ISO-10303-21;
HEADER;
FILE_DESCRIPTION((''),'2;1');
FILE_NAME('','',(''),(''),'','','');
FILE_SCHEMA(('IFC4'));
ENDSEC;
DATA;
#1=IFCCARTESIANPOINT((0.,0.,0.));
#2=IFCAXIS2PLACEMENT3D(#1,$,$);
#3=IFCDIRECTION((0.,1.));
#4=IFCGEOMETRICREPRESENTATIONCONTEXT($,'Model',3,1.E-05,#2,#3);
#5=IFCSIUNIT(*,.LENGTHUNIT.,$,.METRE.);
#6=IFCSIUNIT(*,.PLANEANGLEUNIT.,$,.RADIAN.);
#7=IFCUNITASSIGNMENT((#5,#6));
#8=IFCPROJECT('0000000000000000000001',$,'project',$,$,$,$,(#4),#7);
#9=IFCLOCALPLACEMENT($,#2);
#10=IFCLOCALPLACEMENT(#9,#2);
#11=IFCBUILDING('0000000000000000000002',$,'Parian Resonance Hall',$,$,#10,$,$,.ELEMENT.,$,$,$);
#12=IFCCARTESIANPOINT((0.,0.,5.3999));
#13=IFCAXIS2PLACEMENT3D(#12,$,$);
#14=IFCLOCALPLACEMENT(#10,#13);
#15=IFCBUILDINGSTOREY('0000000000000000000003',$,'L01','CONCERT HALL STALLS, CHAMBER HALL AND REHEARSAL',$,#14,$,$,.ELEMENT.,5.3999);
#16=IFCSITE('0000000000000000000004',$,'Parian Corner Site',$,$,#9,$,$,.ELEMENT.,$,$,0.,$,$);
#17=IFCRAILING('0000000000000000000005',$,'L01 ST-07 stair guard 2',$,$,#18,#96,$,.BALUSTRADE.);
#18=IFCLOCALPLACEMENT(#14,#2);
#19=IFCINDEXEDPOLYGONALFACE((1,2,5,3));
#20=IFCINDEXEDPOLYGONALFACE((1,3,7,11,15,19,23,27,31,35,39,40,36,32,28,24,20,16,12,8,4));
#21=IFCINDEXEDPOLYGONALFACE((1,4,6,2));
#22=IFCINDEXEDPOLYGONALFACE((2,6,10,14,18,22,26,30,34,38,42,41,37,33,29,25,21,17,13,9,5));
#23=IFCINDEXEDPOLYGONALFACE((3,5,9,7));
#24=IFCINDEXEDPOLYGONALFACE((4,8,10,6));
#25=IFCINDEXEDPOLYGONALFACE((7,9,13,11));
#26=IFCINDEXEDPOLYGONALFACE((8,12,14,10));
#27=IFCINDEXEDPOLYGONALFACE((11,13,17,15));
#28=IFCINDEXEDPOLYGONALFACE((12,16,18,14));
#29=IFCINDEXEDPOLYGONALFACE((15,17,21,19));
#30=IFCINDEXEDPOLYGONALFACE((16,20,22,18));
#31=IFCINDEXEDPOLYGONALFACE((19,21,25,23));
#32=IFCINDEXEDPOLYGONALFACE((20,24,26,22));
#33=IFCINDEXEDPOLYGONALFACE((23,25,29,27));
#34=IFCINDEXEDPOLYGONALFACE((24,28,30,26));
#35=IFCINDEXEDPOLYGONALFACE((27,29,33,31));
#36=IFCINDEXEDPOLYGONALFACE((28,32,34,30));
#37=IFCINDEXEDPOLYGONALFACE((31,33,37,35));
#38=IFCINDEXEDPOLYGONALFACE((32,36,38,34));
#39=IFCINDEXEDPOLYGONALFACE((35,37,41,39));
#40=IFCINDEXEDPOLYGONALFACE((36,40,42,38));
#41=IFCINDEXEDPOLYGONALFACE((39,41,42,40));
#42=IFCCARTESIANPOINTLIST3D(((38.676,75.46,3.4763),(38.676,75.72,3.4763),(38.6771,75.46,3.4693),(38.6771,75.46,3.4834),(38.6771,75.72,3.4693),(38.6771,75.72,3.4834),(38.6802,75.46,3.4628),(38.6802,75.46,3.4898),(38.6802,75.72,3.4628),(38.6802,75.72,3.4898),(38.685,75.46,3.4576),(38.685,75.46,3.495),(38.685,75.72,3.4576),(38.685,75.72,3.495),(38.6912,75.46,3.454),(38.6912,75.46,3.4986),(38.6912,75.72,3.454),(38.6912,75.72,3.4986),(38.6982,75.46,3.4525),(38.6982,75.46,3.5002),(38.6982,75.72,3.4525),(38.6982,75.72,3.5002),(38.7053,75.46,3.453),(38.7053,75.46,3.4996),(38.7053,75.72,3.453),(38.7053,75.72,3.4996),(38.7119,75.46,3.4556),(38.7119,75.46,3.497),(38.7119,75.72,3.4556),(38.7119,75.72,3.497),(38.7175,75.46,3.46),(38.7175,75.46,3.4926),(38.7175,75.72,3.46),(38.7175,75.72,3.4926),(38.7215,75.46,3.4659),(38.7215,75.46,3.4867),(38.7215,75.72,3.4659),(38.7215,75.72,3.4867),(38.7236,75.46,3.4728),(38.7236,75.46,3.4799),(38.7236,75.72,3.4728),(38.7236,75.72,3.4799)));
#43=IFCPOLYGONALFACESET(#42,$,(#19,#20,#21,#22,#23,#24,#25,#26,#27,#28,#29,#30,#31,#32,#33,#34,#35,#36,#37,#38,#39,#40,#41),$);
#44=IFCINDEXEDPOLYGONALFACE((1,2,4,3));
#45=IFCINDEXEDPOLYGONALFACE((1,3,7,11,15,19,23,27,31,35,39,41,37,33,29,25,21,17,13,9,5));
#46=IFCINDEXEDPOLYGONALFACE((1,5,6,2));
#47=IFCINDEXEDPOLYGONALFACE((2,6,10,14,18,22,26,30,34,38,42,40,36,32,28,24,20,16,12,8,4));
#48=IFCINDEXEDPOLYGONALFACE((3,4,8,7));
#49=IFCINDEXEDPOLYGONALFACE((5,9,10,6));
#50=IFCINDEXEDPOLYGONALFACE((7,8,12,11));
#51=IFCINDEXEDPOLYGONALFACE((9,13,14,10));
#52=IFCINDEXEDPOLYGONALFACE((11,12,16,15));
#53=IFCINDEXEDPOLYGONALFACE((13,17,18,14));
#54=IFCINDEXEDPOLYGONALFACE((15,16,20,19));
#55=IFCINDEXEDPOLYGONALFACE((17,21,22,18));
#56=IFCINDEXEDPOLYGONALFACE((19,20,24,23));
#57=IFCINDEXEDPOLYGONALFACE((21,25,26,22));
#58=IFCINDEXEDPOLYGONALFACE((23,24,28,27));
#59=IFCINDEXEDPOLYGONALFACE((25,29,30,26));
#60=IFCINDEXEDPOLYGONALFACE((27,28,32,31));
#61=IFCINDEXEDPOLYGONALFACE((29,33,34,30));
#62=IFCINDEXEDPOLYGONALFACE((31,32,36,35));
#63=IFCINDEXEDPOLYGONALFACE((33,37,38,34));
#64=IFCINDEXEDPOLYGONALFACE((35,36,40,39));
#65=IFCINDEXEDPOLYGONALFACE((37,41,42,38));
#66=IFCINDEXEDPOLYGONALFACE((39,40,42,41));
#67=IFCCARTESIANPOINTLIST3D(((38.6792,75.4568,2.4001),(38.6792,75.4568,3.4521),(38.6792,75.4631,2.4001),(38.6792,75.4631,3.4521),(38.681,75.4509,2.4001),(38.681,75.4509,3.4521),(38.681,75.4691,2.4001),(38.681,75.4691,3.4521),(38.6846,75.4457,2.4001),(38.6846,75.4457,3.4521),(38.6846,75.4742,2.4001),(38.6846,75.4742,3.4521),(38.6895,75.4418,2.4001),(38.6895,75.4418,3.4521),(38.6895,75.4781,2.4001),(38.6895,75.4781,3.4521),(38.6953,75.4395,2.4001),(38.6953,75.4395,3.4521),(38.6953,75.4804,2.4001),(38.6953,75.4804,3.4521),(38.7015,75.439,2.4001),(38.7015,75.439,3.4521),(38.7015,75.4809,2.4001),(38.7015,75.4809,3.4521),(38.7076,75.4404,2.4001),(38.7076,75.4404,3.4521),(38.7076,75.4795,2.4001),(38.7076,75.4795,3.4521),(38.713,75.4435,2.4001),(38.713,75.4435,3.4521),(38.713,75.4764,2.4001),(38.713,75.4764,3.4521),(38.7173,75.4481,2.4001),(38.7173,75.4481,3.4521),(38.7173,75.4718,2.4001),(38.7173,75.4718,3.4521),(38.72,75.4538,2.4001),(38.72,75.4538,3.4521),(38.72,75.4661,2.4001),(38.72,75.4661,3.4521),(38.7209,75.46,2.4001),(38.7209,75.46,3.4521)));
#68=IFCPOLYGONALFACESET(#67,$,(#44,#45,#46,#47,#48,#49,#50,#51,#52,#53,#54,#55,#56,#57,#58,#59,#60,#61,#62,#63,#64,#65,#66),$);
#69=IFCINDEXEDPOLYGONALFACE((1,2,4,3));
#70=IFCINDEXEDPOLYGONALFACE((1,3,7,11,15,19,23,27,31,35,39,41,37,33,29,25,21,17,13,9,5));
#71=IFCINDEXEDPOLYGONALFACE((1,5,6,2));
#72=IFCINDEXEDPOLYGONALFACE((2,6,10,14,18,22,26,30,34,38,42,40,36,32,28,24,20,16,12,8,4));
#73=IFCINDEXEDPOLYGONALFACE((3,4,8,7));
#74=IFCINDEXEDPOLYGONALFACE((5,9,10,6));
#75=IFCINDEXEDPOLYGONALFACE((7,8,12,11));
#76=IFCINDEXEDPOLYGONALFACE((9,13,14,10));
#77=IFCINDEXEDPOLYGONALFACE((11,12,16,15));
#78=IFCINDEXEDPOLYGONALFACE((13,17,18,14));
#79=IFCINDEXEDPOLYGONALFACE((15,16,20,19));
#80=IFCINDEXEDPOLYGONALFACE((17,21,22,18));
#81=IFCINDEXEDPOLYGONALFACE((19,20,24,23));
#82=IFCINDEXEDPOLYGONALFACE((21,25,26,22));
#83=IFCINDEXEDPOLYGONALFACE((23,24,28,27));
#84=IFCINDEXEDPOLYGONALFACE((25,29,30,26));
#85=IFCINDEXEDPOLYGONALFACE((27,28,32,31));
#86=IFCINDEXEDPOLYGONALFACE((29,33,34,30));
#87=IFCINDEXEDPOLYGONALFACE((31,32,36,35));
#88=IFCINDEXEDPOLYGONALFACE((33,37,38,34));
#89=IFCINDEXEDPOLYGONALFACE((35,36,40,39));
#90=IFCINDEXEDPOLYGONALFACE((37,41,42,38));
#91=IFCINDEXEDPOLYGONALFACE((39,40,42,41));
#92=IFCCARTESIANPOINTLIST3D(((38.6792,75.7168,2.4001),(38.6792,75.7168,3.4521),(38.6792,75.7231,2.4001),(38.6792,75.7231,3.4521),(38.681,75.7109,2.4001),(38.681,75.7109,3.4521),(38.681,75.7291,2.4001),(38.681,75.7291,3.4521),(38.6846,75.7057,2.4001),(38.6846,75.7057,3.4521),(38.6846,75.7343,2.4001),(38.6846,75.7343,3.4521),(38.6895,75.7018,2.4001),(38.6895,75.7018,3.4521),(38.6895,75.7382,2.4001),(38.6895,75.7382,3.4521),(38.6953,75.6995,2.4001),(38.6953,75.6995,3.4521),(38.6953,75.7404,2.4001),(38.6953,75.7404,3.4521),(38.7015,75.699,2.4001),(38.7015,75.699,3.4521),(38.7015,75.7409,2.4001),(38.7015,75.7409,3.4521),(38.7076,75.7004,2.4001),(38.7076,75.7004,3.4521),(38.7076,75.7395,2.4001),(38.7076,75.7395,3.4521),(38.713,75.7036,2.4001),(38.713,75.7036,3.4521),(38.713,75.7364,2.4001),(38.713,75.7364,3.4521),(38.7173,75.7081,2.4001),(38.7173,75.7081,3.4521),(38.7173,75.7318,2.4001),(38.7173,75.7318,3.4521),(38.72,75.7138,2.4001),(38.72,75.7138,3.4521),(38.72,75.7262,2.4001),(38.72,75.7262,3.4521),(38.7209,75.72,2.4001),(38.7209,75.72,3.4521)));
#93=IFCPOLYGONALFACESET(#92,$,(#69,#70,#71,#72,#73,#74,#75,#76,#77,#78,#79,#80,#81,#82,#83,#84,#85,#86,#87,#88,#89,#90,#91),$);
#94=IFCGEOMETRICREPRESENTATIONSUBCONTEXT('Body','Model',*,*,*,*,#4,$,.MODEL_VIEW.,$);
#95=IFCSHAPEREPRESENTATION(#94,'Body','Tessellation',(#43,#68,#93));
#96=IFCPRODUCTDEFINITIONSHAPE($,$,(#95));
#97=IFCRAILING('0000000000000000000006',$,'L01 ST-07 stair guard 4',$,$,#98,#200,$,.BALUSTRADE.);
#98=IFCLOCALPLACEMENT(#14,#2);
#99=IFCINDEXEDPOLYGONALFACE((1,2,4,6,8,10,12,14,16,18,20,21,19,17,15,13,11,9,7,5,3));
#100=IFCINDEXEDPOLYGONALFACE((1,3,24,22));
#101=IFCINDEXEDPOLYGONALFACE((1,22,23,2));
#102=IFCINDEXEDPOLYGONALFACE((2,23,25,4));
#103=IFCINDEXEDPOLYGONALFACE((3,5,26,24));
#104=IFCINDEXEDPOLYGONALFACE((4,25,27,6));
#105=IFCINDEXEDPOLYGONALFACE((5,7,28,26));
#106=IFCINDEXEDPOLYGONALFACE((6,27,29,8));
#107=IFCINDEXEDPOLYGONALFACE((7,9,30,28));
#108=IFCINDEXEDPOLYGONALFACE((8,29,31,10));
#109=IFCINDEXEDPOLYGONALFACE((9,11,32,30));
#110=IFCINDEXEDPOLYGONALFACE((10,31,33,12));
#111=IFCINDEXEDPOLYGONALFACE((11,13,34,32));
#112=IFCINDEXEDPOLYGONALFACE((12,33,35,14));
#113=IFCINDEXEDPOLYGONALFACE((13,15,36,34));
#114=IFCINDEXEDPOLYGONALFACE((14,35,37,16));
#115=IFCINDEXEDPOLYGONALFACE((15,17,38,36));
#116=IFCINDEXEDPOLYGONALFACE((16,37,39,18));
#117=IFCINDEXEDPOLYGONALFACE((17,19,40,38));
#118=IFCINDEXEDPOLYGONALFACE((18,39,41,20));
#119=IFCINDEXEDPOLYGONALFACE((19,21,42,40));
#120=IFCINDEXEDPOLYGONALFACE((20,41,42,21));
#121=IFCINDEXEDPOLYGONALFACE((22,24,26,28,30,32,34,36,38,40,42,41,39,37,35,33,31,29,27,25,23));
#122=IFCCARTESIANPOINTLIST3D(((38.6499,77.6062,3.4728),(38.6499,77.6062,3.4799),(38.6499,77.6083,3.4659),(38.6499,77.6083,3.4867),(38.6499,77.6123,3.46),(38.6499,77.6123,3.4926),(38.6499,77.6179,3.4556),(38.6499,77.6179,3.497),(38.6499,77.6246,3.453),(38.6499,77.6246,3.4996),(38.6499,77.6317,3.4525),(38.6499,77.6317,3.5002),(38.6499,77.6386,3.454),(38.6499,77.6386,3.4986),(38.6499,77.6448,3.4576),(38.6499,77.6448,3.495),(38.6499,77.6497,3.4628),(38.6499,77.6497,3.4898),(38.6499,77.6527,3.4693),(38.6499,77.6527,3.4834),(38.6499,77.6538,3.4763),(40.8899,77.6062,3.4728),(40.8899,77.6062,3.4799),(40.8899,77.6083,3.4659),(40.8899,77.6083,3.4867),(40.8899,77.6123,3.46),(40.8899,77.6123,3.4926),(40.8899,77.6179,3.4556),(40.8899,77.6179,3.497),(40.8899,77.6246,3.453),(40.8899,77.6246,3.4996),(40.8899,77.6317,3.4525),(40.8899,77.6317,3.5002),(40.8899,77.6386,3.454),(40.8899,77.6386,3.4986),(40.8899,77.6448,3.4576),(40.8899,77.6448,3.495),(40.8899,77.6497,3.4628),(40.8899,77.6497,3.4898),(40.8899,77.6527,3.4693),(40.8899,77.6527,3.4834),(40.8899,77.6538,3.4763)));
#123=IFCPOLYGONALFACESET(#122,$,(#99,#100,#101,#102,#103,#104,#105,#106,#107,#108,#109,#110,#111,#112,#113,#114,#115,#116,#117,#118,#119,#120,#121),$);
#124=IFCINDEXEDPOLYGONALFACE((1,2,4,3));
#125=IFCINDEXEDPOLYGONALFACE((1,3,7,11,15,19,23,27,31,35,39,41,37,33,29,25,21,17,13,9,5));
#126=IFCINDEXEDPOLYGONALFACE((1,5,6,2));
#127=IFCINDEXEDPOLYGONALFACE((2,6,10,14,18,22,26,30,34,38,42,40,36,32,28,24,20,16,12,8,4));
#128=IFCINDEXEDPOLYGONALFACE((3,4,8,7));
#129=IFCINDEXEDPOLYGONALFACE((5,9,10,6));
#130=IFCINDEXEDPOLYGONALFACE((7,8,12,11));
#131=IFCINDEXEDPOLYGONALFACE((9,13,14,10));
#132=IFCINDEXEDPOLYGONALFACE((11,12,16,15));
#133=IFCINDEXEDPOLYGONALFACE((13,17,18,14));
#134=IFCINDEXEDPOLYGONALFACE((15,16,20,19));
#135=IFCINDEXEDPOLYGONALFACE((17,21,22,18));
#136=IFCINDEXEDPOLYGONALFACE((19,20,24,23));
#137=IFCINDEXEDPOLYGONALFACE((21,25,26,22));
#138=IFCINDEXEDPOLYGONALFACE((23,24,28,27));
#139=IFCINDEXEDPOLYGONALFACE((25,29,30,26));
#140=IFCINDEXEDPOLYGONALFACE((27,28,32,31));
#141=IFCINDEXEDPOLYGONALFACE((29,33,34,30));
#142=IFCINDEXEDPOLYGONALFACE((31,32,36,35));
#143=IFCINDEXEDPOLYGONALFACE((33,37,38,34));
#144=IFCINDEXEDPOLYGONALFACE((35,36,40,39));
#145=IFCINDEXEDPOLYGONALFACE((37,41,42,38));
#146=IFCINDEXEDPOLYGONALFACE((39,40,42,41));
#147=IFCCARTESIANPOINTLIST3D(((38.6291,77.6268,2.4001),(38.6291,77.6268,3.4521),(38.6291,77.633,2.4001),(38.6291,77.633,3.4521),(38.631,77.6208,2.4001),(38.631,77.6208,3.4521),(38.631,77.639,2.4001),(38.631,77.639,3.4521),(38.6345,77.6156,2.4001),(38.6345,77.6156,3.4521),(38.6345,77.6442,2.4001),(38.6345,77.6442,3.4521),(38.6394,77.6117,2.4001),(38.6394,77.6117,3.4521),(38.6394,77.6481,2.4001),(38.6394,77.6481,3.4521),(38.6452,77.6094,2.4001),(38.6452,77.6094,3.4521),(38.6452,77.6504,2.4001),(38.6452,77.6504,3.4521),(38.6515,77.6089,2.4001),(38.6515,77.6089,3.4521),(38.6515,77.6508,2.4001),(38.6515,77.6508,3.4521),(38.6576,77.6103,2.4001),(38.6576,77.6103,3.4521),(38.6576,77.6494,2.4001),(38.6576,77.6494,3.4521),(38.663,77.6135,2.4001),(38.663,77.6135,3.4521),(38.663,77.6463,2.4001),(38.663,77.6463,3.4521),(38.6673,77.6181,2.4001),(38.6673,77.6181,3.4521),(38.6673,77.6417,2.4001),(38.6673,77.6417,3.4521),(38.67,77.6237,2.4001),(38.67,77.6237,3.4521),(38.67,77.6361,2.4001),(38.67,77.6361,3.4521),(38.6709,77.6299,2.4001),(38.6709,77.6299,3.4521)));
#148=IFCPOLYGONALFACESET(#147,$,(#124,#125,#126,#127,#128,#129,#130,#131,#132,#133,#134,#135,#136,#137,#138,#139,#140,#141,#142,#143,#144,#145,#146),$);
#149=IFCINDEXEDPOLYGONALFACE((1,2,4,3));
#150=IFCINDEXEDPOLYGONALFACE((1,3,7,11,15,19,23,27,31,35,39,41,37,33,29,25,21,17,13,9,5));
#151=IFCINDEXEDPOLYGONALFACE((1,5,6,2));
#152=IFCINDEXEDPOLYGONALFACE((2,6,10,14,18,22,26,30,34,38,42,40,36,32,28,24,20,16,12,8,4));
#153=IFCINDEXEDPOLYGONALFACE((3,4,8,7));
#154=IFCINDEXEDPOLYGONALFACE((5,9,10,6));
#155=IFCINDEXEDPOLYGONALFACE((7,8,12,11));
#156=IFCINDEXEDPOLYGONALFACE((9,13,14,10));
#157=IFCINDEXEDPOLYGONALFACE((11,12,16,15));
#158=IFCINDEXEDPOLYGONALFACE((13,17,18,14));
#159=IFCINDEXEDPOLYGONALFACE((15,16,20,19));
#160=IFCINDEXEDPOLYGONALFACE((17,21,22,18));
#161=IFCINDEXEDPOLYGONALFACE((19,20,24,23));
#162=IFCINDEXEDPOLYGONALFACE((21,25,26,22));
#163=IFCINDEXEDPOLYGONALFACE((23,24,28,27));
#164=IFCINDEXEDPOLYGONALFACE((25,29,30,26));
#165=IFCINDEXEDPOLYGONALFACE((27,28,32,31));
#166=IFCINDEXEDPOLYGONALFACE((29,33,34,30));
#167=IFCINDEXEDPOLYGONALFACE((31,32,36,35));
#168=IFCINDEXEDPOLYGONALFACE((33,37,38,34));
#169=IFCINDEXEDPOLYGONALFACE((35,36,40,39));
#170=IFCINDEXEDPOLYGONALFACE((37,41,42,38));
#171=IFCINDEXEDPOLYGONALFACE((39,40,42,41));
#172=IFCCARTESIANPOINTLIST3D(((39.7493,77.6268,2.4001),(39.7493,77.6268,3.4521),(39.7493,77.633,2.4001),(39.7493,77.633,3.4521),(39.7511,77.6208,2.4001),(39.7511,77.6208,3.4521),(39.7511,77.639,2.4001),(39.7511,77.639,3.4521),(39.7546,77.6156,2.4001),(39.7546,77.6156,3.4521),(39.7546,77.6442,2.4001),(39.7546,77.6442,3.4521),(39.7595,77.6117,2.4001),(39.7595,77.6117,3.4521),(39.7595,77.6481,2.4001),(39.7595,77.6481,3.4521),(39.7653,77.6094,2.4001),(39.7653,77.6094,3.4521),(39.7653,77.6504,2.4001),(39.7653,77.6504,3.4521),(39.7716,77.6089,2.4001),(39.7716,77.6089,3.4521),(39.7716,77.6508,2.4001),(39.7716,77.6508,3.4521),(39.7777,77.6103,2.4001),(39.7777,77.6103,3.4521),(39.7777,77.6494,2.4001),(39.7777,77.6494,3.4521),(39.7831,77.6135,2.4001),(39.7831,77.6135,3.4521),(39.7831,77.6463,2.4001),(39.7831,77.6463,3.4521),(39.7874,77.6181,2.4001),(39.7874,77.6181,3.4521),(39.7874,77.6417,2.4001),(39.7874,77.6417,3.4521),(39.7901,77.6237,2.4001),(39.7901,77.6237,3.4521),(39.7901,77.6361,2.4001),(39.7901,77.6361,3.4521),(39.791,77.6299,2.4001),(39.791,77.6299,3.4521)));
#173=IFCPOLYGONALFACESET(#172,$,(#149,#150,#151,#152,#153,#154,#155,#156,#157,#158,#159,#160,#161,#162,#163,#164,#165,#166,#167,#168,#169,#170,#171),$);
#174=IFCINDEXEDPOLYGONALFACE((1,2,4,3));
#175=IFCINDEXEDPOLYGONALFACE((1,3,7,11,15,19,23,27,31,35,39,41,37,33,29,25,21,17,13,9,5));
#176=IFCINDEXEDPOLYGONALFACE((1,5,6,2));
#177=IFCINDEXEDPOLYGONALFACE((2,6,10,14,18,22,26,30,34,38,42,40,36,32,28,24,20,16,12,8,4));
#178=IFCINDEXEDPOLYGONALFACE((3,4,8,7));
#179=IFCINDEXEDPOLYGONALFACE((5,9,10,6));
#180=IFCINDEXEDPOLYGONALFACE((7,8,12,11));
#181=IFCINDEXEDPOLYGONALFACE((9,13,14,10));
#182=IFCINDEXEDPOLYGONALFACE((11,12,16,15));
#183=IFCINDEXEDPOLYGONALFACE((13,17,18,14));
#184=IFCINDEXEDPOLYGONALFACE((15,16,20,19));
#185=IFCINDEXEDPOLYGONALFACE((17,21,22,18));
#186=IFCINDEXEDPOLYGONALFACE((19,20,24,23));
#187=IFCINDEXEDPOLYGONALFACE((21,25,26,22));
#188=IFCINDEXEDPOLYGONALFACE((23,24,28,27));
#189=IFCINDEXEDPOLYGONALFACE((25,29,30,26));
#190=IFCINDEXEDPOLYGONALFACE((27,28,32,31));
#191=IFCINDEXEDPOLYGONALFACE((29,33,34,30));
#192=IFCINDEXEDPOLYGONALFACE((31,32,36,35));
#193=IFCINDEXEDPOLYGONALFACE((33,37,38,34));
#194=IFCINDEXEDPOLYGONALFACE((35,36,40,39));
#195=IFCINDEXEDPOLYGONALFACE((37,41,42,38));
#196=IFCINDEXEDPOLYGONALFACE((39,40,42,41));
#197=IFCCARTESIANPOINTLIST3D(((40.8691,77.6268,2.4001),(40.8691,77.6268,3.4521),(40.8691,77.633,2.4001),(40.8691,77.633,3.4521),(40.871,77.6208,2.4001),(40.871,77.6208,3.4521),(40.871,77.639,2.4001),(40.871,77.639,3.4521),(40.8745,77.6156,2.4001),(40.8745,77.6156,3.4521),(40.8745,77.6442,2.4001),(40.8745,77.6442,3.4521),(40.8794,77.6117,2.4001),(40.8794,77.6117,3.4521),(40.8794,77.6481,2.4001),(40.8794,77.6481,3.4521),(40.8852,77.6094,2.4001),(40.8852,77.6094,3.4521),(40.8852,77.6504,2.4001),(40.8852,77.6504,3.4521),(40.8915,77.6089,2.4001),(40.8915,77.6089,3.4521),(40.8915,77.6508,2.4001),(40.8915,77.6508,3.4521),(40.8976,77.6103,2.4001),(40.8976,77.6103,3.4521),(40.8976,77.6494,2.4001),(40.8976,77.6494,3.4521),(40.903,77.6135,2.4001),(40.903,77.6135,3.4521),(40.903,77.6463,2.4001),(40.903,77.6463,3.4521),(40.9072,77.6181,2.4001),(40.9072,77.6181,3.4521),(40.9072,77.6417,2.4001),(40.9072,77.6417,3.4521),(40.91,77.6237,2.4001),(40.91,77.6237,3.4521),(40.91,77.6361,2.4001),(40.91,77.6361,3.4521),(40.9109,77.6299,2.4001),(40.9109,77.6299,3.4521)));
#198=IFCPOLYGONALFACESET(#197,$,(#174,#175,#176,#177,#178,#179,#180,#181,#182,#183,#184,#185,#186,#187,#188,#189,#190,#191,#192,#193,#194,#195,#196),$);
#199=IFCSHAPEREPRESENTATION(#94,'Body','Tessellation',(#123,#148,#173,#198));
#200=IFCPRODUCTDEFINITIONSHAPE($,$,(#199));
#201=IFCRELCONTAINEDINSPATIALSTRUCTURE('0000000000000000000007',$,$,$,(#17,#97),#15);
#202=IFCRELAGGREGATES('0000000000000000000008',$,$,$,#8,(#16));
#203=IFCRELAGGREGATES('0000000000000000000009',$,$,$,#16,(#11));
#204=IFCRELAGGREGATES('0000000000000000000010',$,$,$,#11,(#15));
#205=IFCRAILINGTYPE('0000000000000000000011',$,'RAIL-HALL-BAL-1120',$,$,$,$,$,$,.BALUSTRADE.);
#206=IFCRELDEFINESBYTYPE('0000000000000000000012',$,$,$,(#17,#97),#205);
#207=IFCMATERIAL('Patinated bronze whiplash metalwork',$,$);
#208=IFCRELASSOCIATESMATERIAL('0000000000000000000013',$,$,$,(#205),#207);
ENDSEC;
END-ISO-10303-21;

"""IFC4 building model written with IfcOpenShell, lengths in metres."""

from ifc_helpers import new_model, si_unit, direction, frame, origin, origin_2d, place, context, subcontext, project, spatial, circle, extrude, material, type_object, element, save


model = new_model("IFC4")

# Units and contexts
model_context = context("Model", 3, precision=1e-05, world=origin(), true_north=direction((0.0, 1.0)))
body_context = subcontext(model_context, "Body", "Model", "MODEL_VIEW")
ifc_project = project(units=[si_unit("LENGTHUNIT", "METRE"), si_unit("PLANEANGLEUNIT", "RADIAN")], contexts=[model_context])

# Site, building, storey
site_placement = place(None, origin())
site = spatial("IfcSite", under=ifc_project, at=site_placement, Name="Parian Corner Site", CompositionType="ELEMENT", RefElevation=0.0)
building_placement = place(site_placement, origin())
building = spatial("IfcBuilding", under=site, at=building_placement, Name="Parian Resonance Hall", CompositionType="ELEMENT")
storey_placement = place(building_placement, frame((0.0, 0.0, 5.3999)))
storey = spatial("IfcBuildingStorey", under=building, at=storey_placement, Name="L01", Description="CONCERT HALL STALLS, CHAMBER HALL AND REHEARSAL", CompositionType="ELEMENT", Elevation=5.3999)

# Railings
ifc_material_1 = material(Name="Patinated bronze whiplash metalwork")
railing_type_1 = type_object("IfcRailingType", Name="RAIL-HALL-BAL-1120", PredefinedType="BALUSTRADE", material=ifc_material_1)
railing_1_placement = place(storey_placement, frame((38.7, 75.46, 2.4001)))
element("IfcRailing", 1, at=railing_1_placement, inside=storey, type_object=railing_type_1, Name="L01 ST-07 stair guard 2", PredefinedType="BALUSTRADE", context=body_context, shape_type="SweptSolid", body=[
    extrude(circle(Radius=0.0239, at=origin_2d()), frame((0.0, 0.0, 1.0762), z_axis=(0.0, 1.0, 0.0), x_axis=(-1.0, 0.0, 0.0)), (0.0, 0.0, 1.0), 0.26),
    extrude(circle(Radius=0.021, at=origin_2d()), origin(), (0.0, 0.0, 1.0), 1.052),
    extrude(circle(Radius=0.021, at=origin_2d()), frame((0.0, 0.26, 0.0)), (0.0, 0.0, 1.0), 1.052),
])
railing_2_placement = place(storey_placement, frame((38.6499, 77.6299, 2.4001)))
element("IfcRailing", 2, at=railing_2_placement, inside=storey, type_object=railing_type_1, Name="L01 ST-07 stair guard 4", PredefinedType="BALUSTRADE", context=body_context, shape_type="SweptSolid", body=[
    extrude(circle(Radius=0.0239, at=origin_2d()), frame((0.0, 0.0, 1.0762), z_axis=(1.0, 0.0, 0.0), x_axis=(0.0, 1.0, 0.0)), (0.0, 0.0, 1.0), 2.24),
    extrude(circle(Radius=0.021, at=origin_2d()), origin(), (0.0, 0.0, 1.0), 1.052),
    extrude(circle(Radius=0.021, at=origin_2d()), frame((1.1201, 0.0, 0.0)), (0.0, 0.0, 1.0), 1.052),
    extrude(circle(Radius=0.021, at=origin_2d()), frame((2.24, 0.0, 0.0)), (0.0, 0.0, 1.0), 1.052),
])

save(model, "model.ifc")
